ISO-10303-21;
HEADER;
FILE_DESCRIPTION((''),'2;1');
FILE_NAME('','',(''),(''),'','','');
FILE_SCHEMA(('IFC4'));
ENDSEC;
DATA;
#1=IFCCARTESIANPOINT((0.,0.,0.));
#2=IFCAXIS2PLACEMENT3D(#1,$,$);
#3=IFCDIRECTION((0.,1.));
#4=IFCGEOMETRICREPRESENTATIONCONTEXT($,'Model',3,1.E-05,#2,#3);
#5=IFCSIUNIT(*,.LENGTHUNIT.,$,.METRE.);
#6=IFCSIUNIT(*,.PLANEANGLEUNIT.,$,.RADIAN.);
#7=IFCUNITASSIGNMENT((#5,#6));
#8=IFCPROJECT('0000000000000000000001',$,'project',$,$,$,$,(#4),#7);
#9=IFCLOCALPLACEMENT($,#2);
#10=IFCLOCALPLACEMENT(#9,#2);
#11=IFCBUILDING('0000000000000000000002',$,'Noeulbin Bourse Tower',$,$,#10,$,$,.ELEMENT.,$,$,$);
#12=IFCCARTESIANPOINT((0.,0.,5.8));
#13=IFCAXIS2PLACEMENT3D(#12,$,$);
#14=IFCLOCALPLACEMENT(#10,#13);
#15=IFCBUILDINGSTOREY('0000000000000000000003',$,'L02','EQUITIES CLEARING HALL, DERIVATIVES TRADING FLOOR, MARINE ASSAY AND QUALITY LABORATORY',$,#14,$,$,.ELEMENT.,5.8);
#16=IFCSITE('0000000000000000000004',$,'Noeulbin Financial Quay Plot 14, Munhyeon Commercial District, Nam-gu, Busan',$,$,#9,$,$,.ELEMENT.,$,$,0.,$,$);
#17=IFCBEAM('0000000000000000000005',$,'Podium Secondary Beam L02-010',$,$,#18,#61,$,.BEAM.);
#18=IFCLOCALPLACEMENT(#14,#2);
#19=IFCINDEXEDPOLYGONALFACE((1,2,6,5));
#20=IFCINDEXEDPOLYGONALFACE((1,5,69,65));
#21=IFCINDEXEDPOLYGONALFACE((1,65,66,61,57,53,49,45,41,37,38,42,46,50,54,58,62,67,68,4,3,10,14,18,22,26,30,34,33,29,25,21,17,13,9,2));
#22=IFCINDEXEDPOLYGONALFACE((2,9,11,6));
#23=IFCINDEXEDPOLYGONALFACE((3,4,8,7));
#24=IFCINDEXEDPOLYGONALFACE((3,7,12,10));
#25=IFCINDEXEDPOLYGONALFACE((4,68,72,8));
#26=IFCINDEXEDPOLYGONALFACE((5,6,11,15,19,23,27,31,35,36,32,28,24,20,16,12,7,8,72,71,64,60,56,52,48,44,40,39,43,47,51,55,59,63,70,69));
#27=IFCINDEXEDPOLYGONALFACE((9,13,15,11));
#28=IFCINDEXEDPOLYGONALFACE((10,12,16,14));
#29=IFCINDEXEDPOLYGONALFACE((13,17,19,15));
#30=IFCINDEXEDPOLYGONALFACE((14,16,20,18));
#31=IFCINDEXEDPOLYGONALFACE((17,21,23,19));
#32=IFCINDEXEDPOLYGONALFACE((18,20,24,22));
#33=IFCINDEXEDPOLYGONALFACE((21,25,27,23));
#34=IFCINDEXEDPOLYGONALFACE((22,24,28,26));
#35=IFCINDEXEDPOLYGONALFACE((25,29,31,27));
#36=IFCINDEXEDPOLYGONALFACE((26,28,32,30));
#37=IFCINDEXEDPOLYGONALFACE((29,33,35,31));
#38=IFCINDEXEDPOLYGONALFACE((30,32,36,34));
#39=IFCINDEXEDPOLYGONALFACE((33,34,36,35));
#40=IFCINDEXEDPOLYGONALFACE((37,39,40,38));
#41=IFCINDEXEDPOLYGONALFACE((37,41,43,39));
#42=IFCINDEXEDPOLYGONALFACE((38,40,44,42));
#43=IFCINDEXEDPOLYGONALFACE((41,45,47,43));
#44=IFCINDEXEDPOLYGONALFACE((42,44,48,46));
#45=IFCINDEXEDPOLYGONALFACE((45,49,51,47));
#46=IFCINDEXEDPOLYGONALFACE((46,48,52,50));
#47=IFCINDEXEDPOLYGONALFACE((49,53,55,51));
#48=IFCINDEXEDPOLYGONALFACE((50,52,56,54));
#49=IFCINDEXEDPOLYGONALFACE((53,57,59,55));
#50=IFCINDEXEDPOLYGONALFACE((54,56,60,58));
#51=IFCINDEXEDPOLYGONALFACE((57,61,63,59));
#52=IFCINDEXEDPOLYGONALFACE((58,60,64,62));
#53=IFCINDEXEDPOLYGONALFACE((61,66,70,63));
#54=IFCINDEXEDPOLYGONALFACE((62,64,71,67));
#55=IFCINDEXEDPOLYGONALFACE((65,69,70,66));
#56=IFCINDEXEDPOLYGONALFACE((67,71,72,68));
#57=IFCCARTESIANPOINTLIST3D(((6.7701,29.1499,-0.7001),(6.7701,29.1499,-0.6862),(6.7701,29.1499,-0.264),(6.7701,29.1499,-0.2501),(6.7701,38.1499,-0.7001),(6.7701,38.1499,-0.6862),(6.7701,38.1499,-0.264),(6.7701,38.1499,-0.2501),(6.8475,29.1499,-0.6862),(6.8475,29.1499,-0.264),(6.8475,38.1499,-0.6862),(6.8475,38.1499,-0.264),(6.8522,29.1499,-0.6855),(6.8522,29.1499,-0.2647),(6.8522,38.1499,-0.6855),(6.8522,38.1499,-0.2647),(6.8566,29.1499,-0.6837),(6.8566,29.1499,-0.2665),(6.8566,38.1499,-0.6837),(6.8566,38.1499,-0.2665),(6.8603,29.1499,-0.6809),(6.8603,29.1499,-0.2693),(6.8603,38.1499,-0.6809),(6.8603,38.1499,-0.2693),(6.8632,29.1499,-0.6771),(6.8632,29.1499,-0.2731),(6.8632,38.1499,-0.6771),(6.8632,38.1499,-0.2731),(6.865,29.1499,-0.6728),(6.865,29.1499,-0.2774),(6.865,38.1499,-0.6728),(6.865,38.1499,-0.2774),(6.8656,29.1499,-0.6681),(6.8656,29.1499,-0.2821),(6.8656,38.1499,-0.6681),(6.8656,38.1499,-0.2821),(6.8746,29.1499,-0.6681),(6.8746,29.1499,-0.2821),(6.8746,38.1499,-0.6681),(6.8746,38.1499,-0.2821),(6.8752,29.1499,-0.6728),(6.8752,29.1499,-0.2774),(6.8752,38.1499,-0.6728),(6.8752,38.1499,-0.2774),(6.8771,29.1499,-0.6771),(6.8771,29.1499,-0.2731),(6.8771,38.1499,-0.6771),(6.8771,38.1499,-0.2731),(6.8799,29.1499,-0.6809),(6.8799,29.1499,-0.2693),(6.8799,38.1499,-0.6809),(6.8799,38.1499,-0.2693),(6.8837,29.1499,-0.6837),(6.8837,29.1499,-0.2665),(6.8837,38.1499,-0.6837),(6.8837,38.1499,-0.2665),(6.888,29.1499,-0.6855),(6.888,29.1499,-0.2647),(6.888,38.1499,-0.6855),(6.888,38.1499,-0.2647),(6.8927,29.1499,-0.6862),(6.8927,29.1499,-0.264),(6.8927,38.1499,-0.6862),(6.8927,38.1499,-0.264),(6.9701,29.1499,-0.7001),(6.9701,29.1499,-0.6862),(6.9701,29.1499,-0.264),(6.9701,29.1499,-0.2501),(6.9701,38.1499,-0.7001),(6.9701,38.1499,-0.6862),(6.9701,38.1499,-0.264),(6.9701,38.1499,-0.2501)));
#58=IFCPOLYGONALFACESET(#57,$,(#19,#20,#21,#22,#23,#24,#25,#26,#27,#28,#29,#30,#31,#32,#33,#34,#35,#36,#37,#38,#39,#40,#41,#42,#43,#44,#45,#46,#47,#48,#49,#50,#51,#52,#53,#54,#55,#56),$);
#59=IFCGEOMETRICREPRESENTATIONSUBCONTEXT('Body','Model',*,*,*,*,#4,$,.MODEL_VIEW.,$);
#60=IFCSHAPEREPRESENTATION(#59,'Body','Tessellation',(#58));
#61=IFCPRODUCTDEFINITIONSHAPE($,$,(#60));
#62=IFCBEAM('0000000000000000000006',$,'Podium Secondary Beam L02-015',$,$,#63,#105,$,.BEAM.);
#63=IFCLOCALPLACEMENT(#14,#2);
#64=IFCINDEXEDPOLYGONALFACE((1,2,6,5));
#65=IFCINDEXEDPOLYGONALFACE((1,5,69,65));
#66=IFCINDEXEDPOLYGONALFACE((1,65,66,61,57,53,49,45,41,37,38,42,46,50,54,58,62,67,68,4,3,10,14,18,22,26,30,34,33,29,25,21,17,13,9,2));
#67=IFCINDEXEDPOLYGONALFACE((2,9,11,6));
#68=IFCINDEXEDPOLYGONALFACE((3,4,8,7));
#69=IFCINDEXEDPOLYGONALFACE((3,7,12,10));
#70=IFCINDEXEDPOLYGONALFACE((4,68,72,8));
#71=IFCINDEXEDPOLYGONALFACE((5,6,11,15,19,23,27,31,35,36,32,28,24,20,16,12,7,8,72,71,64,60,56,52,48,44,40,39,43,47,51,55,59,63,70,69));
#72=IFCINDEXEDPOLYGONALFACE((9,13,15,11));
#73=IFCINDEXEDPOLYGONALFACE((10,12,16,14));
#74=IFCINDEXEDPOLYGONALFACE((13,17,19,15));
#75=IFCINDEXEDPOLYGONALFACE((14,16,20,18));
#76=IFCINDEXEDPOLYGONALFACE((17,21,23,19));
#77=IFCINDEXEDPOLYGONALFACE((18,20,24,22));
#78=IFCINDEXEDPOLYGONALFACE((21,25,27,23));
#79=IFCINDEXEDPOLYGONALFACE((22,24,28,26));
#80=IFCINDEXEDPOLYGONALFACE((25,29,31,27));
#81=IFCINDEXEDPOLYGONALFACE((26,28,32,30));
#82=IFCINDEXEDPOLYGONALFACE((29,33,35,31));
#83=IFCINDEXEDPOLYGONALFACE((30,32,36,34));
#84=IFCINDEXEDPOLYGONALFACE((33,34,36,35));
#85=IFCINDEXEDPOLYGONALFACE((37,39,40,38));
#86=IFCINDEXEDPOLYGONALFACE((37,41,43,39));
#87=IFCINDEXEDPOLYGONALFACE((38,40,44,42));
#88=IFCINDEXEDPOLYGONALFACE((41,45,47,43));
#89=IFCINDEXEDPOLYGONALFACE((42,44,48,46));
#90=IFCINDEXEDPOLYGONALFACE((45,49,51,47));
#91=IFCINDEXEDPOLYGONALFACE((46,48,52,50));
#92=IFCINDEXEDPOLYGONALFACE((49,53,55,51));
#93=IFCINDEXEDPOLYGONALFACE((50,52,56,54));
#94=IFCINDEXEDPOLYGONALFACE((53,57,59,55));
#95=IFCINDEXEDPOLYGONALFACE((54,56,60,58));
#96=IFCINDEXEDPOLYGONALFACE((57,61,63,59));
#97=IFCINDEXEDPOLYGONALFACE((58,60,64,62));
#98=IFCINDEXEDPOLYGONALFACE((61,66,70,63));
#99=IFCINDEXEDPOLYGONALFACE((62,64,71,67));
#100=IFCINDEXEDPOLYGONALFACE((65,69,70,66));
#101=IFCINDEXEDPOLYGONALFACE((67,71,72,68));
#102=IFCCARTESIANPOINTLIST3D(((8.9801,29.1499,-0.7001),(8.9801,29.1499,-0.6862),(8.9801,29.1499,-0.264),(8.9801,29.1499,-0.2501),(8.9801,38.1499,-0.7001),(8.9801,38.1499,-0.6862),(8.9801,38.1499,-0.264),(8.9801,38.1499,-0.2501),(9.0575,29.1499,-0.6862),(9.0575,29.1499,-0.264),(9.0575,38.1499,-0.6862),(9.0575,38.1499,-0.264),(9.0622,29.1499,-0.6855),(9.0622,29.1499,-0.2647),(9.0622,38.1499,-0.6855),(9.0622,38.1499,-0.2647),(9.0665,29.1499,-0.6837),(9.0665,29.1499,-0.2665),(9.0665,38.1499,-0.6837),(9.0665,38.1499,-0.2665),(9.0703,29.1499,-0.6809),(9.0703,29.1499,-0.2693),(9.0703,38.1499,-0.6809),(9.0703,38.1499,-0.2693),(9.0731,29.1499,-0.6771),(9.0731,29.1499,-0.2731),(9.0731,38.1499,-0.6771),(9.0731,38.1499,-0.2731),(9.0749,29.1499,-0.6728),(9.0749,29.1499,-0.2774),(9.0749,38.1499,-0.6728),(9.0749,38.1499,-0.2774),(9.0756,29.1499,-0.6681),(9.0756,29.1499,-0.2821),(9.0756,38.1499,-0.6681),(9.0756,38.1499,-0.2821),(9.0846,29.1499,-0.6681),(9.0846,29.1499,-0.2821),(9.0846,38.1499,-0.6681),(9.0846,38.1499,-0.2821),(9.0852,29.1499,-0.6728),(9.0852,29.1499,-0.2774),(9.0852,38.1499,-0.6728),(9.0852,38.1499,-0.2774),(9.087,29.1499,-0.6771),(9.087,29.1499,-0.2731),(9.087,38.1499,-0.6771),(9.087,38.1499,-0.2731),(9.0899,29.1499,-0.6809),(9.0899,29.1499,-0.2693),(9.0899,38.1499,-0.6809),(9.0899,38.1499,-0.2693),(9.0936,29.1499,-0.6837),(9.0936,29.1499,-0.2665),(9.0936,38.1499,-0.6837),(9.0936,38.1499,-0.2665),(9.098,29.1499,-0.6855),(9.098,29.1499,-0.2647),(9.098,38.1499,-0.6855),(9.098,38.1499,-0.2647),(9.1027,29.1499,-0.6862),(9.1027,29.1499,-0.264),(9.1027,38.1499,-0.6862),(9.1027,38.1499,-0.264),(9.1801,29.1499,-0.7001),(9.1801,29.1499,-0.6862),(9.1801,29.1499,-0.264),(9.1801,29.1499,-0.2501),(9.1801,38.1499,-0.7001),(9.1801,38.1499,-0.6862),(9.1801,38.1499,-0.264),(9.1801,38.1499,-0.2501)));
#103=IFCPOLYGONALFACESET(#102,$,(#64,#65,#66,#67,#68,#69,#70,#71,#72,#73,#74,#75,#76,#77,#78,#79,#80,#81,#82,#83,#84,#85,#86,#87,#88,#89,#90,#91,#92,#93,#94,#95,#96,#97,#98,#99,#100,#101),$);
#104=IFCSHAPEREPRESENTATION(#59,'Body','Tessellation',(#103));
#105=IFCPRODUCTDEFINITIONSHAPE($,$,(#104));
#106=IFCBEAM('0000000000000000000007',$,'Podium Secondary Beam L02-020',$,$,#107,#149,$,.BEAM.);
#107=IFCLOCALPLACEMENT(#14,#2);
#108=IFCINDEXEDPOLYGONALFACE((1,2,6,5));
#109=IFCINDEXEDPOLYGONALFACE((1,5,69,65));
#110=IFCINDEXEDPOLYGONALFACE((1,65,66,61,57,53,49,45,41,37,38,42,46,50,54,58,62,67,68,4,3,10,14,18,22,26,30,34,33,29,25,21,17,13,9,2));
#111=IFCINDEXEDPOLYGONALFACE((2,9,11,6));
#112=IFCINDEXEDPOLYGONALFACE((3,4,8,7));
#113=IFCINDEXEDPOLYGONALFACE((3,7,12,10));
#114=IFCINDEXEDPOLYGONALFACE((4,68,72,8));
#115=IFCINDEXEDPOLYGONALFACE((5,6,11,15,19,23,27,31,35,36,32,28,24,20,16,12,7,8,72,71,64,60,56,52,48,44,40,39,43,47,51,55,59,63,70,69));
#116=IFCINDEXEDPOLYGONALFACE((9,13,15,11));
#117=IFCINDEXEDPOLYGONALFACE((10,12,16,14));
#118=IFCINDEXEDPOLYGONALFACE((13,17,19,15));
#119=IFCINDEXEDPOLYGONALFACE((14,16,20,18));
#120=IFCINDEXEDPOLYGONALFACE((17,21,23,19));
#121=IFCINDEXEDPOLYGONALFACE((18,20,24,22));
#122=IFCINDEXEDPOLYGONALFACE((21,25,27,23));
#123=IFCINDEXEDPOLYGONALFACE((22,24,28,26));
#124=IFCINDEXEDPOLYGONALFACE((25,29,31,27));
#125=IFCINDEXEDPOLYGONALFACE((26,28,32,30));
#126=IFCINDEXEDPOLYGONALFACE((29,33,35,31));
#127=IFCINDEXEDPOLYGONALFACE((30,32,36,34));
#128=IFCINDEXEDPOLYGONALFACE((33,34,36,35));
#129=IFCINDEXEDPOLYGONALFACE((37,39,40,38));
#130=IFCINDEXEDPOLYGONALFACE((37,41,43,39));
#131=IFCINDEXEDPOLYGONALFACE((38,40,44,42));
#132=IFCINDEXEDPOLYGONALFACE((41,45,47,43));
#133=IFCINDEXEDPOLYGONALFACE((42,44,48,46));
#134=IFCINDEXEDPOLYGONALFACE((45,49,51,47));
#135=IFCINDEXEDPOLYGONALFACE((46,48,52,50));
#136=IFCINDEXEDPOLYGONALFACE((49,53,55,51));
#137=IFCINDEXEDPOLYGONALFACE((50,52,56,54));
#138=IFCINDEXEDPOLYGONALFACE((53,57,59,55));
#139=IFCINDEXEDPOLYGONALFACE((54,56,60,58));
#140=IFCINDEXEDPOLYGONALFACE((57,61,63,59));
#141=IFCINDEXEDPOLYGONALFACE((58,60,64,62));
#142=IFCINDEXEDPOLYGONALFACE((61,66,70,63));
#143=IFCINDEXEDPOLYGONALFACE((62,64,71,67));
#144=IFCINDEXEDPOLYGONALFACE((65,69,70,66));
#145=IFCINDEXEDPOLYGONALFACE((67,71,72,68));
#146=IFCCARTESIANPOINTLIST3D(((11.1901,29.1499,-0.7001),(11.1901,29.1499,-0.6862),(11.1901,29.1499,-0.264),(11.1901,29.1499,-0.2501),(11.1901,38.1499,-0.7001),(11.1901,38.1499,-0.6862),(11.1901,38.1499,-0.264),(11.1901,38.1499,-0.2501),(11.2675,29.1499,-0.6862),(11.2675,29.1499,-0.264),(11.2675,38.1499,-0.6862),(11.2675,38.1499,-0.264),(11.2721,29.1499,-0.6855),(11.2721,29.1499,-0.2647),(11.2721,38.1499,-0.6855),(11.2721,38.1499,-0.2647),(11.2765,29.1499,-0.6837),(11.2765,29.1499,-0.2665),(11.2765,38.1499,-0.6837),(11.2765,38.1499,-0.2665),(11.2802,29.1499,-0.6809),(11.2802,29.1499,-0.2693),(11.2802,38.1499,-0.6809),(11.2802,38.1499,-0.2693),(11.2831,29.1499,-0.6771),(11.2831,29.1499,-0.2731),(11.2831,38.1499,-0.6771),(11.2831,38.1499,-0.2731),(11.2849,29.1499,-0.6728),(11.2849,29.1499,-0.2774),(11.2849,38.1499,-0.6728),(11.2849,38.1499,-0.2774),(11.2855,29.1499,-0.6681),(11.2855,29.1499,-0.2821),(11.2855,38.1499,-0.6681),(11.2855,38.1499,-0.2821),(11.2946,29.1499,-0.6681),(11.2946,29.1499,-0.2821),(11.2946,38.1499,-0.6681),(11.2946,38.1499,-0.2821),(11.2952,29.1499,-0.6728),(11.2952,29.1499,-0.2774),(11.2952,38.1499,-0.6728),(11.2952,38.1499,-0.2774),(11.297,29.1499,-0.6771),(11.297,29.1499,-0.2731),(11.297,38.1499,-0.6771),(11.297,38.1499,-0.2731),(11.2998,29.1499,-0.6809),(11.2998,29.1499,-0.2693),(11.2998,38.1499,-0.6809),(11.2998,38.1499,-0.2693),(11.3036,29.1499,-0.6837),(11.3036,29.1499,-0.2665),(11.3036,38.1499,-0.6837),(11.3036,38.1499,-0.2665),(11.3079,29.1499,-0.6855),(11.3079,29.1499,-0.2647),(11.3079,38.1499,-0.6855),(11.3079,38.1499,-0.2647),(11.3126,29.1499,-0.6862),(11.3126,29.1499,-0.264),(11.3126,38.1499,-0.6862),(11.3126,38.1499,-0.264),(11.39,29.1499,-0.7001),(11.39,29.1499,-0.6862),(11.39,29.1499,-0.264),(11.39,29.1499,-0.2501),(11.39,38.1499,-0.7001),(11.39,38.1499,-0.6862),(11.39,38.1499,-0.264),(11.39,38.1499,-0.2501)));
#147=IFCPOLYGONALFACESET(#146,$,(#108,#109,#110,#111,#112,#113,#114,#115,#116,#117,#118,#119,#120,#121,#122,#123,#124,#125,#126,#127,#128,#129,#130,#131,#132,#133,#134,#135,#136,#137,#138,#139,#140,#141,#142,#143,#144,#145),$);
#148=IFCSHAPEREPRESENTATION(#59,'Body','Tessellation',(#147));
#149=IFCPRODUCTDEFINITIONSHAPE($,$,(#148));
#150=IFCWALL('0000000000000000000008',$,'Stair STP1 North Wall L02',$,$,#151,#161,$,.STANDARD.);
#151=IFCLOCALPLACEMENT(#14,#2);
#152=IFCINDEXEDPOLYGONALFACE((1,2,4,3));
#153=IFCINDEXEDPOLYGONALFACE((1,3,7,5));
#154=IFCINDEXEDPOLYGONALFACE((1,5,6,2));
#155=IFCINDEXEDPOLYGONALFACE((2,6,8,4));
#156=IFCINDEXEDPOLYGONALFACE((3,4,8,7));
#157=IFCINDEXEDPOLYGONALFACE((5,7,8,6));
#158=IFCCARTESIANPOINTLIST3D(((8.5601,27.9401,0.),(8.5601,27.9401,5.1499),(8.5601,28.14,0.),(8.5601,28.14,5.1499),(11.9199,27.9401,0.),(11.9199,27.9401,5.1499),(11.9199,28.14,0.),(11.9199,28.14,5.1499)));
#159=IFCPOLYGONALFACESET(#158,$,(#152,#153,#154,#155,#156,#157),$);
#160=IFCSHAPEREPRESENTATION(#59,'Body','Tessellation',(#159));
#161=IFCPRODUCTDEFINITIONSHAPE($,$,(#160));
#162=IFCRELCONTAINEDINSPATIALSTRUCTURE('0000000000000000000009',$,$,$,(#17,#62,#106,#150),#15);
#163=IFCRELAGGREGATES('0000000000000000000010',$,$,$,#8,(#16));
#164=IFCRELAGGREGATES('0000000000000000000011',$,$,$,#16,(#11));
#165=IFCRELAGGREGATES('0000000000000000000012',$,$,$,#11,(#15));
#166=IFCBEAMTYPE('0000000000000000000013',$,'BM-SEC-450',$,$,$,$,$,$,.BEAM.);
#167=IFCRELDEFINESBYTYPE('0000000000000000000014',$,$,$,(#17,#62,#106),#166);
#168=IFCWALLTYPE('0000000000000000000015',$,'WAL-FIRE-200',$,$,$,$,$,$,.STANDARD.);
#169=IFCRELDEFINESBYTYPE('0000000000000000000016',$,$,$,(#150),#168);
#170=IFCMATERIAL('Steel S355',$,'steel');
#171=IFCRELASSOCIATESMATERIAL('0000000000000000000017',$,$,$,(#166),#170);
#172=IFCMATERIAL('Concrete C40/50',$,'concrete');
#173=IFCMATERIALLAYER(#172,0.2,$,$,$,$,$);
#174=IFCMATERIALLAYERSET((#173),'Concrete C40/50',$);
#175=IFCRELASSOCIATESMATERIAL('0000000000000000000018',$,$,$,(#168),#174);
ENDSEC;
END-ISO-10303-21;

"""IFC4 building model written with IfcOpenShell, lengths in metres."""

from ifc_helpers import new_model, si_unit, direction, frame, frame_2d, origin, origin_2d, place, context, subcontext, project, spatial, rectangle, i_section, extrude, material, layer, layer_set, material_profile, profile_set, type_object, element, save


model = new_model("IFC4")

# Units and contexts
model_context = context("Model", 3, precision=1e-05, world=origin(), true_north=direction((0.0, 1.0)))
body_context = subcontext(model_context, "Body", "Model", "MODEL_VIEW")
ifc_project = project(units=[si_unit("LENGTHUNIT", "METRE"), si_unit("PLANEANGLEUNIT", "RADIAN")], contexts=[model_context])

# Site, building, storey
site_placement = place(None, origin())
site = spatial("IfcSite", under=ifc_project, at=site_placement, Name="Noeulbin Financial Quay Plot 14, Munhyeon Commercial District, Nam-gu, Busan", CompositionType="ELEMENT", RefElevation=0.0)
building_placement = place(site_placement, origin())
building = spatial("IfcBuilding", under=site, at=building_placement, Name="Noeulbin Bourse Tower", CompositionType="ELEMENT")
storey_placement = place(building_placement, frame((0.0, 0.0, 5.8)))
storey = spatial("IfcBuildingStorey", under=building, at=storey_placement, Name="L02", Description="EQUITIES CLEARING HALL, DERIVATIVES TRADING FLOOR, MARINE ASSAY AND QUALITY LABORATORY", CompositionType="ELEMENT", Elevation=5.8)

# Beams
ifc_material_1 = material(Name="Steel S355", Category="steel")
ifc_material_profile_1 = material_profile(ifc_material_1, i_section(OverallWidth=0.2, OverallDepth=0.45, WebThickness=0.009, FlangeThickness=0.0139, FilletRadius=0.0181, at=origin_2d()), Name="H-450x200x9x14", Category="LoadBearing")
ifc_profile_set_1 = profile_set([ifc_material_profile_1], Name="Steel S355")
beam_type_1 = type_object("IfcBeamType", Name="BM-SEC-450", PredefinedType="BEAM", material=ifc_profile_set_1)
for number, where, z_axis, x_axis, name in (
    (1, (6.8701, 29.1499, -0.4751), (0.0, 1.0, 0.0), (-1.0, 0.0, 0.0), "Podium Secondary Beam L02-010"),
    (2, (9.0801, 29.1499, -0.4751), (0.0, 1.0, 0.0), (-1.0, 0.0, 0.0), "Podium Secondary Beam L02-015"),
    (3, (11.29, 29.1499, -0.4751), (0.0, 1.0, 0.0), (-1.0, 0.0, 0.0), "Podium Secondary Beam L02-020"),
):
    element("IfcBeam", number, at=place(storey_placement, frame(where, z_axis=z_axis, x_axis=x_axis)), inside=storey, type_object=beam_type_1, Name=name, PredefinedType="BEAM", context=body_context, shape_type="SweptSolid", body=[
        extrude(i_section(OverallWidth=0.2, OverallDepth=0.45, WebThickness=0.009, FlangeThickness=0.0139, FilletRadius=0.0181, at=origin_2d()), origin(), (0.0, 0.0, 1.0), 9.0),
    ])

# Wall
ifc_material_2 = material(Name="Concrete C40/50", Category="concrete")
ifc_layer_1 = layer(ifc_material_2, 0.2)
ifc_layer_set_1 = layer_set([ifc_layer_1], Name="Concrete C40/50")
wall_type_1 = type_object("IfcWallType", Name="WAL-FIRE-200", PredefinedType="STANDARD", material=ifc_layer_set_1)
wall_1_placement = place(storey_placement, frame((8.5601, 28.04, 0.0), z_axis=(0.0, 0.0, 1.0), x_axis=(1.0, 0.0, 0.0)))
element("IfcWall", 4, at=wall_1_placement, inside=storey, type_object=wall_type_1, Name="Stair STP1 North Wall L02", PredefinedType="STANDARD", context=body_context, shape_type="SweptSolid", body=[
    extrude(rectangle(XDim=3.3599, YDim=0.2, at=frame_2d((1.6799, 0.0))), origin(), (0.0, 0.0, 1.0), 5.1499),
])

save(model, "model.ifc")
